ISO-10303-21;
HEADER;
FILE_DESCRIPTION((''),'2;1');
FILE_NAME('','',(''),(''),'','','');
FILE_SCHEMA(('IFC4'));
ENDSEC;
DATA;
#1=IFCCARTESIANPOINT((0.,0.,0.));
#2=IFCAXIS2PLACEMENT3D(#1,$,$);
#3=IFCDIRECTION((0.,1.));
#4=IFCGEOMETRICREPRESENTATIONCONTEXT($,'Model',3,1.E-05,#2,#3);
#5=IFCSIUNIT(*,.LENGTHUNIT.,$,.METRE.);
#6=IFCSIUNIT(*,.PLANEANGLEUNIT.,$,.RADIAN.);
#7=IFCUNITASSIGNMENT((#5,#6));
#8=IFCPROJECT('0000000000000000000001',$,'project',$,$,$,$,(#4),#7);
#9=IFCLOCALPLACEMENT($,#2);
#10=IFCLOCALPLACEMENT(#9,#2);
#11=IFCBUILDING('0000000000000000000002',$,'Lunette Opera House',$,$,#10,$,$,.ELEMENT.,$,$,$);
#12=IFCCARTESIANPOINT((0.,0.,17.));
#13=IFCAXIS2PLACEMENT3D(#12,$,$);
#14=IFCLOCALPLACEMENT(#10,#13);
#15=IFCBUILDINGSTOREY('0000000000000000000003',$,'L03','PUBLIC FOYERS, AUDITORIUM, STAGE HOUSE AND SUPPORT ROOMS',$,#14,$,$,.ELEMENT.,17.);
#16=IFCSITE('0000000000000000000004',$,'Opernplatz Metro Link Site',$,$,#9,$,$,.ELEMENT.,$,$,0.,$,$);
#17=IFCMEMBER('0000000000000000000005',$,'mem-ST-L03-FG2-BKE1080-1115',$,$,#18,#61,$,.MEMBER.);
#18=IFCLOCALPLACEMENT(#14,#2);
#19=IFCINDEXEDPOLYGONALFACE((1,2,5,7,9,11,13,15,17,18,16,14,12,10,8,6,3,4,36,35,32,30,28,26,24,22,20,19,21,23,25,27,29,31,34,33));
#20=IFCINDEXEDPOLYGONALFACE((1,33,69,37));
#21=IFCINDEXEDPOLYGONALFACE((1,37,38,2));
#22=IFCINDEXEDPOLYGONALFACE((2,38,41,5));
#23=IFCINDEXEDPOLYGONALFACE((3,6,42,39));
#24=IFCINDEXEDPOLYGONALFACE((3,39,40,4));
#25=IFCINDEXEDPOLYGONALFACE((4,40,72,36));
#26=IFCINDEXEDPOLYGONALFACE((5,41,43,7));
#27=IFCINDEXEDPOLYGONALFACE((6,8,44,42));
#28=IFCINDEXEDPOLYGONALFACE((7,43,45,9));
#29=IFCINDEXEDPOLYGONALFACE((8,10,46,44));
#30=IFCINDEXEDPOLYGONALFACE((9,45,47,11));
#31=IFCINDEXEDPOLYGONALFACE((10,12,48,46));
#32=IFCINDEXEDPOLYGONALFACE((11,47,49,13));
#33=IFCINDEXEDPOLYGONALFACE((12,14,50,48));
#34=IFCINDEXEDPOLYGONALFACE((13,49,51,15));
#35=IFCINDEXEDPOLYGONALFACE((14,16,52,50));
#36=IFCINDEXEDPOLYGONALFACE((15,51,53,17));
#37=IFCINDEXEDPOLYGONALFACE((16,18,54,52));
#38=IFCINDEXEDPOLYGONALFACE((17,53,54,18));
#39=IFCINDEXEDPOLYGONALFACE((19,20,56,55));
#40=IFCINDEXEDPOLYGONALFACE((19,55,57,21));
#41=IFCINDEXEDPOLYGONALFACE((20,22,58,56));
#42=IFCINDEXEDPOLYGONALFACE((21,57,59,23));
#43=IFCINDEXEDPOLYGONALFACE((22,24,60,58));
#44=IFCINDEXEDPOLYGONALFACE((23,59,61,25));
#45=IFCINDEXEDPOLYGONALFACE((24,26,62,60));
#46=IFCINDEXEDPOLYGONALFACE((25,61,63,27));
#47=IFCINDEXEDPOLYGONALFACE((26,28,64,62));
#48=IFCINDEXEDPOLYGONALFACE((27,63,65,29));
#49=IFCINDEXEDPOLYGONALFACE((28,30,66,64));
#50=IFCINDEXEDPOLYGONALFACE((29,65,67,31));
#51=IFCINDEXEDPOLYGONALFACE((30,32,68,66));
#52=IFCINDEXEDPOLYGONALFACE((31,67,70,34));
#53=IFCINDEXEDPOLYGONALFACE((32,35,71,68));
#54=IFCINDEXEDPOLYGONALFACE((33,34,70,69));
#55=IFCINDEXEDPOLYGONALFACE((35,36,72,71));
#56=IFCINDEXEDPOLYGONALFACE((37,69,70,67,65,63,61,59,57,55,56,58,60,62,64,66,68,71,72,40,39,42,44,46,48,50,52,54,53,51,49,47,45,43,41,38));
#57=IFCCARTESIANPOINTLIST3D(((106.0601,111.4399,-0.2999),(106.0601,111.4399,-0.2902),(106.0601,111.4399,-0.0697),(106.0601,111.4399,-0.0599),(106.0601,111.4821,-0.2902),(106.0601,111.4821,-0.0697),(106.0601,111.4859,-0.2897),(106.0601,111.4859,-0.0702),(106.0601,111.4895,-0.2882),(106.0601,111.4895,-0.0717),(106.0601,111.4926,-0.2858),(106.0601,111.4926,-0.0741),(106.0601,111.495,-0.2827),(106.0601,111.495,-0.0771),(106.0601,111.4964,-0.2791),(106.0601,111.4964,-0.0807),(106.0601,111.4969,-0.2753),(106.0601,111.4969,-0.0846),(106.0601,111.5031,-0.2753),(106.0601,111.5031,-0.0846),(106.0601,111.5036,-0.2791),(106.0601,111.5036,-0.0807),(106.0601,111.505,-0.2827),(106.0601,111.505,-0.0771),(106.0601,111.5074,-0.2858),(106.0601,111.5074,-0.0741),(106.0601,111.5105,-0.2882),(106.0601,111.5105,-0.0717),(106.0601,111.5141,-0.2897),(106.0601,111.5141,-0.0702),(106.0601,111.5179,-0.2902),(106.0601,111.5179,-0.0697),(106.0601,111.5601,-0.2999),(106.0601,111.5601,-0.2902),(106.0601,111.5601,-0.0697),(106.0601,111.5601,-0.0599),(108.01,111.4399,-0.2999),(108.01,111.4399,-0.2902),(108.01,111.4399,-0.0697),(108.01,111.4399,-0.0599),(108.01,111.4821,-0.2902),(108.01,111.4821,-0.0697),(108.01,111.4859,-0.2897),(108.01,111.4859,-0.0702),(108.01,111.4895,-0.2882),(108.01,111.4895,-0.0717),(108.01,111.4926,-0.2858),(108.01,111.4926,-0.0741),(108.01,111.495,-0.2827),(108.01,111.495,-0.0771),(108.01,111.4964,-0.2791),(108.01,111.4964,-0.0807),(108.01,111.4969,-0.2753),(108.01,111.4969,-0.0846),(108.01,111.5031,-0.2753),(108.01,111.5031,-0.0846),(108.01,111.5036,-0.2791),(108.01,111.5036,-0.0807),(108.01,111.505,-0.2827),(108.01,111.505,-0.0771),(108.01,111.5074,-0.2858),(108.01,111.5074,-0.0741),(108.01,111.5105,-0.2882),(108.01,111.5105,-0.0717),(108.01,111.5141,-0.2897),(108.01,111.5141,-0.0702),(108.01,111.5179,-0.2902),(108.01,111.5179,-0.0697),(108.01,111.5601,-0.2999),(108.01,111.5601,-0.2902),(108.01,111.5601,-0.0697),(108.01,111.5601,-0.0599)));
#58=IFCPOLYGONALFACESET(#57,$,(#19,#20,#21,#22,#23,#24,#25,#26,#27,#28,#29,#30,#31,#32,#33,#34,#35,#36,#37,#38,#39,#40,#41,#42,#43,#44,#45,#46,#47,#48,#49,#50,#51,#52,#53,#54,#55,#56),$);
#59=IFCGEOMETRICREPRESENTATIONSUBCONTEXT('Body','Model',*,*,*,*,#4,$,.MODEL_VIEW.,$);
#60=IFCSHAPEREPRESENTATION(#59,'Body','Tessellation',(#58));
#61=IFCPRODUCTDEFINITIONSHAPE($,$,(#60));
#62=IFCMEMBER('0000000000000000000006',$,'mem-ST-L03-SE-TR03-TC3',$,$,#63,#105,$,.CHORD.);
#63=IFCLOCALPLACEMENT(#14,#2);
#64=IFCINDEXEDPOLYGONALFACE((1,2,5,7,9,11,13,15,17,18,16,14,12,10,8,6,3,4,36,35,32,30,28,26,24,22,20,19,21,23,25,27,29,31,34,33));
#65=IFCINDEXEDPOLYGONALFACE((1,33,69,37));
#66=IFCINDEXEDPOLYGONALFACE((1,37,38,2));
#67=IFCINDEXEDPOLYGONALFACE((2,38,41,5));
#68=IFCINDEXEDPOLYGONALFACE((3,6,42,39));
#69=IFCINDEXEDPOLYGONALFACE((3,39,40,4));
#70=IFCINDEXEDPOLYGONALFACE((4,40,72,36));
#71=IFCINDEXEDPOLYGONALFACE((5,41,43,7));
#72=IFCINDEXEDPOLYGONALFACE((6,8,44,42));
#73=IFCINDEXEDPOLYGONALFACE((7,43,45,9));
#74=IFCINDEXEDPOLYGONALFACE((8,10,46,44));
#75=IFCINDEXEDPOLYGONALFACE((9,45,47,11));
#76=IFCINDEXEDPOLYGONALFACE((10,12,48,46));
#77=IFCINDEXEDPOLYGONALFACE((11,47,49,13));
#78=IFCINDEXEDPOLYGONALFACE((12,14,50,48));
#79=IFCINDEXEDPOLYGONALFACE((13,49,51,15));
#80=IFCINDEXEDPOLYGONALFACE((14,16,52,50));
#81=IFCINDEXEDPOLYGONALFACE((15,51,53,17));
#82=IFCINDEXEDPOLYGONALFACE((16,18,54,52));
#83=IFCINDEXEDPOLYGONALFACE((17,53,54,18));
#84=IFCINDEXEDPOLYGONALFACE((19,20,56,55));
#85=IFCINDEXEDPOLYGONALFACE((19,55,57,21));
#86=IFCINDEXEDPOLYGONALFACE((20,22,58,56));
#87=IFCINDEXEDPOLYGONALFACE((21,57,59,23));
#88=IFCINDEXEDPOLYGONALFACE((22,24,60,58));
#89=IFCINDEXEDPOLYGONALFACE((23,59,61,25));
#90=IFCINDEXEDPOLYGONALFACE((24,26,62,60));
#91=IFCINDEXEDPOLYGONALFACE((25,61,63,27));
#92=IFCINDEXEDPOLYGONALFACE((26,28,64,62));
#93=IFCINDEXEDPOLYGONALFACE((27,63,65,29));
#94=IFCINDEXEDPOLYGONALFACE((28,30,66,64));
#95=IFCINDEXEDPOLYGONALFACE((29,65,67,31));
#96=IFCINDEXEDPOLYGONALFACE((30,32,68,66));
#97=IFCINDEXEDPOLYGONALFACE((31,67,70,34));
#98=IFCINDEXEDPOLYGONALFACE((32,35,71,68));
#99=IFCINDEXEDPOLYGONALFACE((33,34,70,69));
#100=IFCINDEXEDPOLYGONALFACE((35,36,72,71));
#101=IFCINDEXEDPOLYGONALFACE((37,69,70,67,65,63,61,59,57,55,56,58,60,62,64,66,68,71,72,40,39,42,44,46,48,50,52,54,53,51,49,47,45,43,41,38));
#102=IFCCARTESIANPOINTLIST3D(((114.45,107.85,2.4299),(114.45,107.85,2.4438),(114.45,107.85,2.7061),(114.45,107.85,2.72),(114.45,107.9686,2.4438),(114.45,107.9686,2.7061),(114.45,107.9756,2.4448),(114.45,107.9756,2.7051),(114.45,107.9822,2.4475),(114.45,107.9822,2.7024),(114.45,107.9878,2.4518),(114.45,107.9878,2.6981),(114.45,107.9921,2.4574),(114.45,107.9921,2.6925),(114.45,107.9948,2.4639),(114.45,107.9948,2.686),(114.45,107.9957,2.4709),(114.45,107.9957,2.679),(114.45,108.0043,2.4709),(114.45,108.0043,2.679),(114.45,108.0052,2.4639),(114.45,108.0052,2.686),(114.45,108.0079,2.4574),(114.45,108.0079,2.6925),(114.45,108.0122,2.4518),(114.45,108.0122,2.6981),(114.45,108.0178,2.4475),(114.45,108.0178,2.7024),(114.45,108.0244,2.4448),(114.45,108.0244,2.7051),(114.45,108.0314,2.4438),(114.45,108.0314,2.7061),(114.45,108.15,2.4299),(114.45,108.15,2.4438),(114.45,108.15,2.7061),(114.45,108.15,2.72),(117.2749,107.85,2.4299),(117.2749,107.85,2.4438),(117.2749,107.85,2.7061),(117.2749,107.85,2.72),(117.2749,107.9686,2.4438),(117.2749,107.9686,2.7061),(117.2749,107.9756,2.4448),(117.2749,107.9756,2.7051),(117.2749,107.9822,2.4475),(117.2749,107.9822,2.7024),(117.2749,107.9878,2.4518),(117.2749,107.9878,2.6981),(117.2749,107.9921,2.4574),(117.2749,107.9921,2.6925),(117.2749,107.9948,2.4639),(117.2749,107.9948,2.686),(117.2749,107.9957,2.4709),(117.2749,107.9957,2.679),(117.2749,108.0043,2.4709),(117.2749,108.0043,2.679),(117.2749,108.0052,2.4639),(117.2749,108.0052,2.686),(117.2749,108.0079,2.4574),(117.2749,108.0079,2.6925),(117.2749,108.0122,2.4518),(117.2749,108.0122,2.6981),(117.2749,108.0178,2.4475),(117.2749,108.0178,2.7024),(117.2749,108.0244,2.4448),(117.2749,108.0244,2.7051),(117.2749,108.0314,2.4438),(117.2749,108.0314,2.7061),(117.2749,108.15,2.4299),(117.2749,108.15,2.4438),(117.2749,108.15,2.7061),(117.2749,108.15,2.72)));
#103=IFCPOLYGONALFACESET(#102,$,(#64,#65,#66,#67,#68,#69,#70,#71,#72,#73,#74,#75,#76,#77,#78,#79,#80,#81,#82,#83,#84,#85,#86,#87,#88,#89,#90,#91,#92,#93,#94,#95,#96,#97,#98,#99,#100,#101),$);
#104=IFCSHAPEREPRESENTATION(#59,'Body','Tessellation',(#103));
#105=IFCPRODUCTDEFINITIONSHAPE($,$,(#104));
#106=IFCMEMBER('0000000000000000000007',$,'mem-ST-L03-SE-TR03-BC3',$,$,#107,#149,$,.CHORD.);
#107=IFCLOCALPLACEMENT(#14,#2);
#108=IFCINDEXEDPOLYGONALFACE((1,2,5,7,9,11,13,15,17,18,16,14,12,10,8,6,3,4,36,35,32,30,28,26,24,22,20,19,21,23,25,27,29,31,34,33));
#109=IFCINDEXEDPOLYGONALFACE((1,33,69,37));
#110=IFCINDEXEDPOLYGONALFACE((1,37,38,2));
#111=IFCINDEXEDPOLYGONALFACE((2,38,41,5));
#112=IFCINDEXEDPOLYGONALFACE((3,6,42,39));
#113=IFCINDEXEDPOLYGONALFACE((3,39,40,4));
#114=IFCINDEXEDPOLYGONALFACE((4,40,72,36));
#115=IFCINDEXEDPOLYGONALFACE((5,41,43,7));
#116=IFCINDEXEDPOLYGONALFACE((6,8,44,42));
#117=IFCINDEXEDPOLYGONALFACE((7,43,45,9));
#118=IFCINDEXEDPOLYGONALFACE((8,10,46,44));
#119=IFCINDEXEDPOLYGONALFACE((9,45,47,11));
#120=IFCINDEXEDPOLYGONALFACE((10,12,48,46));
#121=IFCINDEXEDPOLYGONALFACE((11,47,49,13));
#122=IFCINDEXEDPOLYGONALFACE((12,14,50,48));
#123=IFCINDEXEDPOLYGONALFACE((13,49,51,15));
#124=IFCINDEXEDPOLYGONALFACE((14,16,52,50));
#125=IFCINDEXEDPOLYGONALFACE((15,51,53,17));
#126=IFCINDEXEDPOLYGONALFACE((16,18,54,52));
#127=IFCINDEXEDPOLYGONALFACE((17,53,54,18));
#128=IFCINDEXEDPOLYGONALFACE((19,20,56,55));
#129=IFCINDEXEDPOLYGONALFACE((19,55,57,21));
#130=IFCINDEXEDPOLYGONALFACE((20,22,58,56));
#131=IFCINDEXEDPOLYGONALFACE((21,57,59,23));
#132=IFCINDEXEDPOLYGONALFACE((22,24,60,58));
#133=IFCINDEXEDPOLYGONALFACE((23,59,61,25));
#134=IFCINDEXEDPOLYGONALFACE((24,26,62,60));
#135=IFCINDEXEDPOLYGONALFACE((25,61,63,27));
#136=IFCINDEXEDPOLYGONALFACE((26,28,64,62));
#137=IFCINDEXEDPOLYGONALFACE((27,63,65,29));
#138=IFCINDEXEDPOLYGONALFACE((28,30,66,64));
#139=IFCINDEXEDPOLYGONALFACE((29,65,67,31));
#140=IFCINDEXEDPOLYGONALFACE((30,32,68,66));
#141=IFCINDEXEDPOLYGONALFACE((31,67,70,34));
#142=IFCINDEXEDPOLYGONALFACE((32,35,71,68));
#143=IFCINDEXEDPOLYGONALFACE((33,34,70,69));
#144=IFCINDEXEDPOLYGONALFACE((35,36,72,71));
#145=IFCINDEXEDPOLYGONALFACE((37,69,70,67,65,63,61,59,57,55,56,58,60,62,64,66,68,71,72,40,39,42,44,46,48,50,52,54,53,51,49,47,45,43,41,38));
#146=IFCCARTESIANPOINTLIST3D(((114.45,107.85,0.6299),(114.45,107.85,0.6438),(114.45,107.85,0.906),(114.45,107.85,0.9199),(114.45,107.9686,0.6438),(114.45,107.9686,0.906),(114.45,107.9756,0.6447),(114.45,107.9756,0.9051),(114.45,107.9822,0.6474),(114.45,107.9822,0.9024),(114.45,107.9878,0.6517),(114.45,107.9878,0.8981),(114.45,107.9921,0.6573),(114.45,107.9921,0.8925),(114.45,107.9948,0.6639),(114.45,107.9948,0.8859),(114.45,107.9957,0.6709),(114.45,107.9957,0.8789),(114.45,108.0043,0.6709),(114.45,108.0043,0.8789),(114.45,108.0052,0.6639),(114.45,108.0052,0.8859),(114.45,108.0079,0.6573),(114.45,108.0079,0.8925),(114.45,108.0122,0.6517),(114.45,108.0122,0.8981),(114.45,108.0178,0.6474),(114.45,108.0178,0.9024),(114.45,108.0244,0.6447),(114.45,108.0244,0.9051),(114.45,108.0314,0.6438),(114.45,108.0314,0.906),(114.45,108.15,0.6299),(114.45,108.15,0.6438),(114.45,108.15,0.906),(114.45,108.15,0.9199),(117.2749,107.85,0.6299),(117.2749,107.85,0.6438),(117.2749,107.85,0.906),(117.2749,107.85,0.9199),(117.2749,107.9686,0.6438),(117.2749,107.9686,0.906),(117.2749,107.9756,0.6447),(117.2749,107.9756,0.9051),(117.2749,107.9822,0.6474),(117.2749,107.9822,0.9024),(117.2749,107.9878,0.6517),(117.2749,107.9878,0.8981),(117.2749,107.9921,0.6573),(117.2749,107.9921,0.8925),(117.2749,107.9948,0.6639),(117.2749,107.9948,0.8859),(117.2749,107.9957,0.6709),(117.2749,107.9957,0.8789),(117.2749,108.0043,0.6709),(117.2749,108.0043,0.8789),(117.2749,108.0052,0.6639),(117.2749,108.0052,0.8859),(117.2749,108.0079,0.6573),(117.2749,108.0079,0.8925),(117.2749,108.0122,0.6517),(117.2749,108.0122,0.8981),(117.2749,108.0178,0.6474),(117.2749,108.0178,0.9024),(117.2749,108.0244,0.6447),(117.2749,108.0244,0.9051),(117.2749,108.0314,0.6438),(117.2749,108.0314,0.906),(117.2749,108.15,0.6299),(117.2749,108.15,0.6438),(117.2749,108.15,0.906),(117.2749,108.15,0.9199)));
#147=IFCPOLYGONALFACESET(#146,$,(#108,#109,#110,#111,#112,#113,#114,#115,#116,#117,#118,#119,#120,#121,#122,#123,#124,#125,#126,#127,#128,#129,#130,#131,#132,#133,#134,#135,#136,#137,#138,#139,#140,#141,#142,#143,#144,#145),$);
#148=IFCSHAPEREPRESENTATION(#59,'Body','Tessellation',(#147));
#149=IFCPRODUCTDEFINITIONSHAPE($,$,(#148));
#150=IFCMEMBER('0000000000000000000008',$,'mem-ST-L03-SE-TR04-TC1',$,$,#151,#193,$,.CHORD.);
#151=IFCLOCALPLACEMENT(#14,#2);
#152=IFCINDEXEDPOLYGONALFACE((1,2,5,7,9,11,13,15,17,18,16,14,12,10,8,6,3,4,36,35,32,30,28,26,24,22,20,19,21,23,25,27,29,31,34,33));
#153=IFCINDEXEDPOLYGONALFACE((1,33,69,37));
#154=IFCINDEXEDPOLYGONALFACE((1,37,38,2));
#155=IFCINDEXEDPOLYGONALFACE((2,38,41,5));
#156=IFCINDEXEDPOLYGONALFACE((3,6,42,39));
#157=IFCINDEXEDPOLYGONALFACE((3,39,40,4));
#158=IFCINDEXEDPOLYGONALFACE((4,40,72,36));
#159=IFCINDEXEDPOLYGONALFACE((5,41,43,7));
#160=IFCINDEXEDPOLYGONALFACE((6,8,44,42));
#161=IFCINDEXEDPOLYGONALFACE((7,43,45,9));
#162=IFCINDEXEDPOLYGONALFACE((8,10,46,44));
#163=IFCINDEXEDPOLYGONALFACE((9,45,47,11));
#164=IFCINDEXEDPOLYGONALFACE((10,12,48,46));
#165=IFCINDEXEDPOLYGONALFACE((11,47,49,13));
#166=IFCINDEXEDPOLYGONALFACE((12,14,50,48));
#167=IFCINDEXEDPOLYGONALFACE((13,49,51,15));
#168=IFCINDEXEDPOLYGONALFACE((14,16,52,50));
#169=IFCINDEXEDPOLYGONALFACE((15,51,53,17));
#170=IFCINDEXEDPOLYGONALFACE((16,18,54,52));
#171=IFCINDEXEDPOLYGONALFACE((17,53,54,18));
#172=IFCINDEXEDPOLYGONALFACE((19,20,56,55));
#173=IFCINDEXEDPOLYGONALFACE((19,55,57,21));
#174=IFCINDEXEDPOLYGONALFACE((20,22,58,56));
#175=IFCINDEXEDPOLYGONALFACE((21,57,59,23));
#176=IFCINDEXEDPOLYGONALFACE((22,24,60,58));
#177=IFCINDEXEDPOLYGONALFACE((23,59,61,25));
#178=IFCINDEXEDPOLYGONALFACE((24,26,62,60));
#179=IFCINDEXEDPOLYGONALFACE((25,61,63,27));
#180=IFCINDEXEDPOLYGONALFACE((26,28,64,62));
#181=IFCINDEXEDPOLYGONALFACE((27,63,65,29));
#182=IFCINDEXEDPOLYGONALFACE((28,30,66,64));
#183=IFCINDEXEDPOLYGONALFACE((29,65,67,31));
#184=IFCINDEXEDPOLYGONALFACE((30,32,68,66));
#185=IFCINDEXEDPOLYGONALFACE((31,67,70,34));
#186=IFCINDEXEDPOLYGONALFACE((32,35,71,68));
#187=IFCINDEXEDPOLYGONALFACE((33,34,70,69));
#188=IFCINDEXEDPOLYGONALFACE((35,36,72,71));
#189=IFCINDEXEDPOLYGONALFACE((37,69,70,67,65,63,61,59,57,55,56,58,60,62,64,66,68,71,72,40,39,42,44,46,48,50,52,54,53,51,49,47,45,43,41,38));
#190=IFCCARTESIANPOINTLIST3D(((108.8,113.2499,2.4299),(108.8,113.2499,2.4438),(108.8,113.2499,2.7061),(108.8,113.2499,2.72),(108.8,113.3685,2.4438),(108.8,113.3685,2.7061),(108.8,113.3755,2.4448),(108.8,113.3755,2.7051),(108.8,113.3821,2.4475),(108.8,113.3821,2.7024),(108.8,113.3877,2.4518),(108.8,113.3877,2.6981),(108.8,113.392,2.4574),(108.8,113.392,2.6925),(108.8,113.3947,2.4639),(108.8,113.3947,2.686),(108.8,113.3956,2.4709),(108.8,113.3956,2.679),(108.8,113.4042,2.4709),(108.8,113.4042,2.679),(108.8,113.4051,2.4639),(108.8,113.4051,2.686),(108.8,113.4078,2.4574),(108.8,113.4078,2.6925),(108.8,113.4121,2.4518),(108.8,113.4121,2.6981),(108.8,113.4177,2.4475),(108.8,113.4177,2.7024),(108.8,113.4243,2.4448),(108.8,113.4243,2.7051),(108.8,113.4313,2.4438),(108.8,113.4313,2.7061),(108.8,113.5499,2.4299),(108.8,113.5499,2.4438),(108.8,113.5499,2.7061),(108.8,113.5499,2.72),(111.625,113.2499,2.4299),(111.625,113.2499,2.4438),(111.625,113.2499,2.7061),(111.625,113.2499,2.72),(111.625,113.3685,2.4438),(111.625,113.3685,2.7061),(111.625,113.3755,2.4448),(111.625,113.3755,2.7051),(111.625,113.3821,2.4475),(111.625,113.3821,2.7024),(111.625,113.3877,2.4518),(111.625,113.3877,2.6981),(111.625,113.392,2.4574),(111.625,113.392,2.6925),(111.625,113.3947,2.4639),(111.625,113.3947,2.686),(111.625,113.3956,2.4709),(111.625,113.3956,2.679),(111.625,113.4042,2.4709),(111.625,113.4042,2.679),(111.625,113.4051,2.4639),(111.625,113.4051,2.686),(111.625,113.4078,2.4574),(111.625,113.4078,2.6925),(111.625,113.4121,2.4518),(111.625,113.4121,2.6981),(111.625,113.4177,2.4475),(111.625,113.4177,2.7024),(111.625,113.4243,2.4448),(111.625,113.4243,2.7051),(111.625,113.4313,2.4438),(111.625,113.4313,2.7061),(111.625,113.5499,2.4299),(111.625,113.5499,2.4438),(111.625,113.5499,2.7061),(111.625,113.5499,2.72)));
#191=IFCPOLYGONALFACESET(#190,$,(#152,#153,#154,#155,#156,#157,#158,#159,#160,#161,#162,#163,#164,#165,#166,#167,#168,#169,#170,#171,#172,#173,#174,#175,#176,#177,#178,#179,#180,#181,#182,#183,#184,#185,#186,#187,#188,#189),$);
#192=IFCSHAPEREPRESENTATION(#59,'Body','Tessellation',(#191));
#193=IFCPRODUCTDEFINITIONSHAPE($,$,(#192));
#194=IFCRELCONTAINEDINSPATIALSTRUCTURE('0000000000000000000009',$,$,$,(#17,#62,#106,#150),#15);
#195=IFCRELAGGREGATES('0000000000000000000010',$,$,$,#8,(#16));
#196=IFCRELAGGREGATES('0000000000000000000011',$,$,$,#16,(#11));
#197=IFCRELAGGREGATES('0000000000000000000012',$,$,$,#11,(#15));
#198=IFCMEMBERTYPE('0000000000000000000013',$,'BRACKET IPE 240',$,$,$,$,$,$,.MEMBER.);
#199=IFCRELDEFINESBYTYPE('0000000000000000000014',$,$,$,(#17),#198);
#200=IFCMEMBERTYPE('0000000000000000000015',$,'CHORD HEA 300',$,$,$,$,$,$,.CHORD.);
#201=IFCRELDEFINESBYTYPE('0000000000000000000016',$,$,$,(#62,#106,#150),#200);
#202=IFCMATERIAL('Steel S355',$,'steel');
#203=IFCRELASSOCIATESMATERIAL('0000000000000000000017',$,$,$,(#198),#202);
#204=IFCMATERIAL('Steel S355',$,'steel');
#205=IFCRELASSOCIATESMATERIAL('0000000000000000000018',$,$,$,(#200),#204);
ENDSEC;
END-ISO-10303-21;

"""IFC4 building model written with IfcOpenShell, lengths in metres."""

from ifc_helpers import new_model, si_unit, direction, frame, origin, origin_2d, place, context, subcontext, project, spatial, i_section, extrude, material, material_profile, profile_set, type_object, element, save


model = new_model("IFC4")

# Units and contexts
model_context = context("Model", 3, precision=1e-05, world=origin(), true_north=direction((0.0, 1.0)))
body_context = subcontext(model_context, "Body", "Model", "MODEL_VIEW")
ifc_project = project(units=[si_unit("LENGTHUNIT", "METRE"), si_unit("PLANEANGLEUNIT", "RADIAN")], contexts=[model_context])

# Site, building, storey
site_placement = place(None, origin())
site = spatial("IfcSite", under=ifc_project, at=site_placement, Name="Opernplatz Metro Link Site", CompositionType="ELEMENT", RefElevation=0.0)
building_placement = place(site_placement, origin())
building = spatial("IfcBuilding", under=site, at=building_placement, Name="Lunette Opera House", CompositionType="ELEMENT")
storey_placement = place(building_placement, frame((0.0, 0.0, 17.0)))
storey = spatial("IfcBuildingStorey", under=building, at=storey_placement, Name="L03", Description="PUBLIC FOYERS, AUDITORIUM, STAGE HOUSE AND SUPPORT ROOMS", CompositionType="ELEMENT", Elevation=17.0)

# Members
ifc_material_1 = material(Name="Steel S355", Category="steel")
ifc_material_profile_1 = material_profile(ifc_material_1, i_section(OverallWidth=0.1201, OverallDepth=0.24, WebThickness=0.0061, FlangeThickness=0.0098, FilletRadius=0.0149, at=origin_2d()), Name="IPE 240")
ifc_profile_set_1 = profile_set([ifc_material_profile_1], Name="Steel S355")
member_type_1 = type_object("IfcMemberType", Name="BRACKET IPE 240", PredefinedType="MEMBER", material=ifc_profile_set_1)
for number, where, z_axis, x_axis, name in (
    (1, (108.01, 111.5, -0.1799), (-1.0, 0.0, 0.0), (0.0, -1.0, 0.0), "mem-ST-L03-FG2-BKE1080-1115"),
):
    element("IfcMember", number, at=place(storey_placement, frame(where, z_axis=z_axis, x_axis=x_axis)), inside=storey, type_object=member_type_1, Name=name, PredefinedType="MEMBER", context=body_context, shape_type="SweptSolid", body=[
        extrude(i_section(OverallWidth=0.1201, OverallDepth=0.24, WebThickness=0.0061, FlangeThickness=0.0098, FilletRadius=0.0149, at=origin_2d()), origin(), (0.0, 0.0, 1.0), 1.95),
    ])
ifc_material_2 = material(Name="Steel S355", Category="steel")
ifc_material_profile_2 = material_profile(ifc_material_2, i_section(OverallWidth=0.3, OverallDepth=0.29, WebThickness=0.0085, FlangeThickness=0.0139, FilletRadius=0.0271, at=origin_2d()), Name="HEA 300")
ifc_profile_set_2 = profile_set([ifc_material_profile_2], Name="Steel S355")
member_type_2 = type_object("IfcMemberType", Name="CHORD HEA 300", PredefinedType="CHORD", material=ifc_profile_set_2)
for number, where, z_axis, x_axis, name in (
    (2, (114.45, 108.0, 2.575), (1.0, 0.0, 0.0), (0.0, 1.0, 0.0), "mem-ST-L03-SE-TR03-TC3"),
    (3, (114.45, 108.0, 0.7749), (1.0, 0.0, 0.0), (0.0, 1.0, 0.0), "mem-ST-L03-SE-TR03-BC3"),
    (4, (108.8, 113.3999, 2.575), (1.0, 0.0, 0.0), (0.0, 1.0, 0.0), "mem-ST-L03-SE-TR04-TC1"),
):
    element("IfcMember", number, at=place(storey_placement, frame(where, z_axis=z_axis, x_axis=x_axis)), inside=storey, type_object=member_type_2, Name=name, PredefinedType="CHORD", context=body_context, shape_type="SweptSolid", body=[
        extrude(i_section(OverallWidth=0.3, OverallDepth=0.29, WebThickness=0.0085, FlangeThickness=0.0139, FilletRadius=0.0271, at=origin_2d()), origin(), (0.0, 0.0, 1.0), 2.825),
    ])

save(model, "model.ifc")
